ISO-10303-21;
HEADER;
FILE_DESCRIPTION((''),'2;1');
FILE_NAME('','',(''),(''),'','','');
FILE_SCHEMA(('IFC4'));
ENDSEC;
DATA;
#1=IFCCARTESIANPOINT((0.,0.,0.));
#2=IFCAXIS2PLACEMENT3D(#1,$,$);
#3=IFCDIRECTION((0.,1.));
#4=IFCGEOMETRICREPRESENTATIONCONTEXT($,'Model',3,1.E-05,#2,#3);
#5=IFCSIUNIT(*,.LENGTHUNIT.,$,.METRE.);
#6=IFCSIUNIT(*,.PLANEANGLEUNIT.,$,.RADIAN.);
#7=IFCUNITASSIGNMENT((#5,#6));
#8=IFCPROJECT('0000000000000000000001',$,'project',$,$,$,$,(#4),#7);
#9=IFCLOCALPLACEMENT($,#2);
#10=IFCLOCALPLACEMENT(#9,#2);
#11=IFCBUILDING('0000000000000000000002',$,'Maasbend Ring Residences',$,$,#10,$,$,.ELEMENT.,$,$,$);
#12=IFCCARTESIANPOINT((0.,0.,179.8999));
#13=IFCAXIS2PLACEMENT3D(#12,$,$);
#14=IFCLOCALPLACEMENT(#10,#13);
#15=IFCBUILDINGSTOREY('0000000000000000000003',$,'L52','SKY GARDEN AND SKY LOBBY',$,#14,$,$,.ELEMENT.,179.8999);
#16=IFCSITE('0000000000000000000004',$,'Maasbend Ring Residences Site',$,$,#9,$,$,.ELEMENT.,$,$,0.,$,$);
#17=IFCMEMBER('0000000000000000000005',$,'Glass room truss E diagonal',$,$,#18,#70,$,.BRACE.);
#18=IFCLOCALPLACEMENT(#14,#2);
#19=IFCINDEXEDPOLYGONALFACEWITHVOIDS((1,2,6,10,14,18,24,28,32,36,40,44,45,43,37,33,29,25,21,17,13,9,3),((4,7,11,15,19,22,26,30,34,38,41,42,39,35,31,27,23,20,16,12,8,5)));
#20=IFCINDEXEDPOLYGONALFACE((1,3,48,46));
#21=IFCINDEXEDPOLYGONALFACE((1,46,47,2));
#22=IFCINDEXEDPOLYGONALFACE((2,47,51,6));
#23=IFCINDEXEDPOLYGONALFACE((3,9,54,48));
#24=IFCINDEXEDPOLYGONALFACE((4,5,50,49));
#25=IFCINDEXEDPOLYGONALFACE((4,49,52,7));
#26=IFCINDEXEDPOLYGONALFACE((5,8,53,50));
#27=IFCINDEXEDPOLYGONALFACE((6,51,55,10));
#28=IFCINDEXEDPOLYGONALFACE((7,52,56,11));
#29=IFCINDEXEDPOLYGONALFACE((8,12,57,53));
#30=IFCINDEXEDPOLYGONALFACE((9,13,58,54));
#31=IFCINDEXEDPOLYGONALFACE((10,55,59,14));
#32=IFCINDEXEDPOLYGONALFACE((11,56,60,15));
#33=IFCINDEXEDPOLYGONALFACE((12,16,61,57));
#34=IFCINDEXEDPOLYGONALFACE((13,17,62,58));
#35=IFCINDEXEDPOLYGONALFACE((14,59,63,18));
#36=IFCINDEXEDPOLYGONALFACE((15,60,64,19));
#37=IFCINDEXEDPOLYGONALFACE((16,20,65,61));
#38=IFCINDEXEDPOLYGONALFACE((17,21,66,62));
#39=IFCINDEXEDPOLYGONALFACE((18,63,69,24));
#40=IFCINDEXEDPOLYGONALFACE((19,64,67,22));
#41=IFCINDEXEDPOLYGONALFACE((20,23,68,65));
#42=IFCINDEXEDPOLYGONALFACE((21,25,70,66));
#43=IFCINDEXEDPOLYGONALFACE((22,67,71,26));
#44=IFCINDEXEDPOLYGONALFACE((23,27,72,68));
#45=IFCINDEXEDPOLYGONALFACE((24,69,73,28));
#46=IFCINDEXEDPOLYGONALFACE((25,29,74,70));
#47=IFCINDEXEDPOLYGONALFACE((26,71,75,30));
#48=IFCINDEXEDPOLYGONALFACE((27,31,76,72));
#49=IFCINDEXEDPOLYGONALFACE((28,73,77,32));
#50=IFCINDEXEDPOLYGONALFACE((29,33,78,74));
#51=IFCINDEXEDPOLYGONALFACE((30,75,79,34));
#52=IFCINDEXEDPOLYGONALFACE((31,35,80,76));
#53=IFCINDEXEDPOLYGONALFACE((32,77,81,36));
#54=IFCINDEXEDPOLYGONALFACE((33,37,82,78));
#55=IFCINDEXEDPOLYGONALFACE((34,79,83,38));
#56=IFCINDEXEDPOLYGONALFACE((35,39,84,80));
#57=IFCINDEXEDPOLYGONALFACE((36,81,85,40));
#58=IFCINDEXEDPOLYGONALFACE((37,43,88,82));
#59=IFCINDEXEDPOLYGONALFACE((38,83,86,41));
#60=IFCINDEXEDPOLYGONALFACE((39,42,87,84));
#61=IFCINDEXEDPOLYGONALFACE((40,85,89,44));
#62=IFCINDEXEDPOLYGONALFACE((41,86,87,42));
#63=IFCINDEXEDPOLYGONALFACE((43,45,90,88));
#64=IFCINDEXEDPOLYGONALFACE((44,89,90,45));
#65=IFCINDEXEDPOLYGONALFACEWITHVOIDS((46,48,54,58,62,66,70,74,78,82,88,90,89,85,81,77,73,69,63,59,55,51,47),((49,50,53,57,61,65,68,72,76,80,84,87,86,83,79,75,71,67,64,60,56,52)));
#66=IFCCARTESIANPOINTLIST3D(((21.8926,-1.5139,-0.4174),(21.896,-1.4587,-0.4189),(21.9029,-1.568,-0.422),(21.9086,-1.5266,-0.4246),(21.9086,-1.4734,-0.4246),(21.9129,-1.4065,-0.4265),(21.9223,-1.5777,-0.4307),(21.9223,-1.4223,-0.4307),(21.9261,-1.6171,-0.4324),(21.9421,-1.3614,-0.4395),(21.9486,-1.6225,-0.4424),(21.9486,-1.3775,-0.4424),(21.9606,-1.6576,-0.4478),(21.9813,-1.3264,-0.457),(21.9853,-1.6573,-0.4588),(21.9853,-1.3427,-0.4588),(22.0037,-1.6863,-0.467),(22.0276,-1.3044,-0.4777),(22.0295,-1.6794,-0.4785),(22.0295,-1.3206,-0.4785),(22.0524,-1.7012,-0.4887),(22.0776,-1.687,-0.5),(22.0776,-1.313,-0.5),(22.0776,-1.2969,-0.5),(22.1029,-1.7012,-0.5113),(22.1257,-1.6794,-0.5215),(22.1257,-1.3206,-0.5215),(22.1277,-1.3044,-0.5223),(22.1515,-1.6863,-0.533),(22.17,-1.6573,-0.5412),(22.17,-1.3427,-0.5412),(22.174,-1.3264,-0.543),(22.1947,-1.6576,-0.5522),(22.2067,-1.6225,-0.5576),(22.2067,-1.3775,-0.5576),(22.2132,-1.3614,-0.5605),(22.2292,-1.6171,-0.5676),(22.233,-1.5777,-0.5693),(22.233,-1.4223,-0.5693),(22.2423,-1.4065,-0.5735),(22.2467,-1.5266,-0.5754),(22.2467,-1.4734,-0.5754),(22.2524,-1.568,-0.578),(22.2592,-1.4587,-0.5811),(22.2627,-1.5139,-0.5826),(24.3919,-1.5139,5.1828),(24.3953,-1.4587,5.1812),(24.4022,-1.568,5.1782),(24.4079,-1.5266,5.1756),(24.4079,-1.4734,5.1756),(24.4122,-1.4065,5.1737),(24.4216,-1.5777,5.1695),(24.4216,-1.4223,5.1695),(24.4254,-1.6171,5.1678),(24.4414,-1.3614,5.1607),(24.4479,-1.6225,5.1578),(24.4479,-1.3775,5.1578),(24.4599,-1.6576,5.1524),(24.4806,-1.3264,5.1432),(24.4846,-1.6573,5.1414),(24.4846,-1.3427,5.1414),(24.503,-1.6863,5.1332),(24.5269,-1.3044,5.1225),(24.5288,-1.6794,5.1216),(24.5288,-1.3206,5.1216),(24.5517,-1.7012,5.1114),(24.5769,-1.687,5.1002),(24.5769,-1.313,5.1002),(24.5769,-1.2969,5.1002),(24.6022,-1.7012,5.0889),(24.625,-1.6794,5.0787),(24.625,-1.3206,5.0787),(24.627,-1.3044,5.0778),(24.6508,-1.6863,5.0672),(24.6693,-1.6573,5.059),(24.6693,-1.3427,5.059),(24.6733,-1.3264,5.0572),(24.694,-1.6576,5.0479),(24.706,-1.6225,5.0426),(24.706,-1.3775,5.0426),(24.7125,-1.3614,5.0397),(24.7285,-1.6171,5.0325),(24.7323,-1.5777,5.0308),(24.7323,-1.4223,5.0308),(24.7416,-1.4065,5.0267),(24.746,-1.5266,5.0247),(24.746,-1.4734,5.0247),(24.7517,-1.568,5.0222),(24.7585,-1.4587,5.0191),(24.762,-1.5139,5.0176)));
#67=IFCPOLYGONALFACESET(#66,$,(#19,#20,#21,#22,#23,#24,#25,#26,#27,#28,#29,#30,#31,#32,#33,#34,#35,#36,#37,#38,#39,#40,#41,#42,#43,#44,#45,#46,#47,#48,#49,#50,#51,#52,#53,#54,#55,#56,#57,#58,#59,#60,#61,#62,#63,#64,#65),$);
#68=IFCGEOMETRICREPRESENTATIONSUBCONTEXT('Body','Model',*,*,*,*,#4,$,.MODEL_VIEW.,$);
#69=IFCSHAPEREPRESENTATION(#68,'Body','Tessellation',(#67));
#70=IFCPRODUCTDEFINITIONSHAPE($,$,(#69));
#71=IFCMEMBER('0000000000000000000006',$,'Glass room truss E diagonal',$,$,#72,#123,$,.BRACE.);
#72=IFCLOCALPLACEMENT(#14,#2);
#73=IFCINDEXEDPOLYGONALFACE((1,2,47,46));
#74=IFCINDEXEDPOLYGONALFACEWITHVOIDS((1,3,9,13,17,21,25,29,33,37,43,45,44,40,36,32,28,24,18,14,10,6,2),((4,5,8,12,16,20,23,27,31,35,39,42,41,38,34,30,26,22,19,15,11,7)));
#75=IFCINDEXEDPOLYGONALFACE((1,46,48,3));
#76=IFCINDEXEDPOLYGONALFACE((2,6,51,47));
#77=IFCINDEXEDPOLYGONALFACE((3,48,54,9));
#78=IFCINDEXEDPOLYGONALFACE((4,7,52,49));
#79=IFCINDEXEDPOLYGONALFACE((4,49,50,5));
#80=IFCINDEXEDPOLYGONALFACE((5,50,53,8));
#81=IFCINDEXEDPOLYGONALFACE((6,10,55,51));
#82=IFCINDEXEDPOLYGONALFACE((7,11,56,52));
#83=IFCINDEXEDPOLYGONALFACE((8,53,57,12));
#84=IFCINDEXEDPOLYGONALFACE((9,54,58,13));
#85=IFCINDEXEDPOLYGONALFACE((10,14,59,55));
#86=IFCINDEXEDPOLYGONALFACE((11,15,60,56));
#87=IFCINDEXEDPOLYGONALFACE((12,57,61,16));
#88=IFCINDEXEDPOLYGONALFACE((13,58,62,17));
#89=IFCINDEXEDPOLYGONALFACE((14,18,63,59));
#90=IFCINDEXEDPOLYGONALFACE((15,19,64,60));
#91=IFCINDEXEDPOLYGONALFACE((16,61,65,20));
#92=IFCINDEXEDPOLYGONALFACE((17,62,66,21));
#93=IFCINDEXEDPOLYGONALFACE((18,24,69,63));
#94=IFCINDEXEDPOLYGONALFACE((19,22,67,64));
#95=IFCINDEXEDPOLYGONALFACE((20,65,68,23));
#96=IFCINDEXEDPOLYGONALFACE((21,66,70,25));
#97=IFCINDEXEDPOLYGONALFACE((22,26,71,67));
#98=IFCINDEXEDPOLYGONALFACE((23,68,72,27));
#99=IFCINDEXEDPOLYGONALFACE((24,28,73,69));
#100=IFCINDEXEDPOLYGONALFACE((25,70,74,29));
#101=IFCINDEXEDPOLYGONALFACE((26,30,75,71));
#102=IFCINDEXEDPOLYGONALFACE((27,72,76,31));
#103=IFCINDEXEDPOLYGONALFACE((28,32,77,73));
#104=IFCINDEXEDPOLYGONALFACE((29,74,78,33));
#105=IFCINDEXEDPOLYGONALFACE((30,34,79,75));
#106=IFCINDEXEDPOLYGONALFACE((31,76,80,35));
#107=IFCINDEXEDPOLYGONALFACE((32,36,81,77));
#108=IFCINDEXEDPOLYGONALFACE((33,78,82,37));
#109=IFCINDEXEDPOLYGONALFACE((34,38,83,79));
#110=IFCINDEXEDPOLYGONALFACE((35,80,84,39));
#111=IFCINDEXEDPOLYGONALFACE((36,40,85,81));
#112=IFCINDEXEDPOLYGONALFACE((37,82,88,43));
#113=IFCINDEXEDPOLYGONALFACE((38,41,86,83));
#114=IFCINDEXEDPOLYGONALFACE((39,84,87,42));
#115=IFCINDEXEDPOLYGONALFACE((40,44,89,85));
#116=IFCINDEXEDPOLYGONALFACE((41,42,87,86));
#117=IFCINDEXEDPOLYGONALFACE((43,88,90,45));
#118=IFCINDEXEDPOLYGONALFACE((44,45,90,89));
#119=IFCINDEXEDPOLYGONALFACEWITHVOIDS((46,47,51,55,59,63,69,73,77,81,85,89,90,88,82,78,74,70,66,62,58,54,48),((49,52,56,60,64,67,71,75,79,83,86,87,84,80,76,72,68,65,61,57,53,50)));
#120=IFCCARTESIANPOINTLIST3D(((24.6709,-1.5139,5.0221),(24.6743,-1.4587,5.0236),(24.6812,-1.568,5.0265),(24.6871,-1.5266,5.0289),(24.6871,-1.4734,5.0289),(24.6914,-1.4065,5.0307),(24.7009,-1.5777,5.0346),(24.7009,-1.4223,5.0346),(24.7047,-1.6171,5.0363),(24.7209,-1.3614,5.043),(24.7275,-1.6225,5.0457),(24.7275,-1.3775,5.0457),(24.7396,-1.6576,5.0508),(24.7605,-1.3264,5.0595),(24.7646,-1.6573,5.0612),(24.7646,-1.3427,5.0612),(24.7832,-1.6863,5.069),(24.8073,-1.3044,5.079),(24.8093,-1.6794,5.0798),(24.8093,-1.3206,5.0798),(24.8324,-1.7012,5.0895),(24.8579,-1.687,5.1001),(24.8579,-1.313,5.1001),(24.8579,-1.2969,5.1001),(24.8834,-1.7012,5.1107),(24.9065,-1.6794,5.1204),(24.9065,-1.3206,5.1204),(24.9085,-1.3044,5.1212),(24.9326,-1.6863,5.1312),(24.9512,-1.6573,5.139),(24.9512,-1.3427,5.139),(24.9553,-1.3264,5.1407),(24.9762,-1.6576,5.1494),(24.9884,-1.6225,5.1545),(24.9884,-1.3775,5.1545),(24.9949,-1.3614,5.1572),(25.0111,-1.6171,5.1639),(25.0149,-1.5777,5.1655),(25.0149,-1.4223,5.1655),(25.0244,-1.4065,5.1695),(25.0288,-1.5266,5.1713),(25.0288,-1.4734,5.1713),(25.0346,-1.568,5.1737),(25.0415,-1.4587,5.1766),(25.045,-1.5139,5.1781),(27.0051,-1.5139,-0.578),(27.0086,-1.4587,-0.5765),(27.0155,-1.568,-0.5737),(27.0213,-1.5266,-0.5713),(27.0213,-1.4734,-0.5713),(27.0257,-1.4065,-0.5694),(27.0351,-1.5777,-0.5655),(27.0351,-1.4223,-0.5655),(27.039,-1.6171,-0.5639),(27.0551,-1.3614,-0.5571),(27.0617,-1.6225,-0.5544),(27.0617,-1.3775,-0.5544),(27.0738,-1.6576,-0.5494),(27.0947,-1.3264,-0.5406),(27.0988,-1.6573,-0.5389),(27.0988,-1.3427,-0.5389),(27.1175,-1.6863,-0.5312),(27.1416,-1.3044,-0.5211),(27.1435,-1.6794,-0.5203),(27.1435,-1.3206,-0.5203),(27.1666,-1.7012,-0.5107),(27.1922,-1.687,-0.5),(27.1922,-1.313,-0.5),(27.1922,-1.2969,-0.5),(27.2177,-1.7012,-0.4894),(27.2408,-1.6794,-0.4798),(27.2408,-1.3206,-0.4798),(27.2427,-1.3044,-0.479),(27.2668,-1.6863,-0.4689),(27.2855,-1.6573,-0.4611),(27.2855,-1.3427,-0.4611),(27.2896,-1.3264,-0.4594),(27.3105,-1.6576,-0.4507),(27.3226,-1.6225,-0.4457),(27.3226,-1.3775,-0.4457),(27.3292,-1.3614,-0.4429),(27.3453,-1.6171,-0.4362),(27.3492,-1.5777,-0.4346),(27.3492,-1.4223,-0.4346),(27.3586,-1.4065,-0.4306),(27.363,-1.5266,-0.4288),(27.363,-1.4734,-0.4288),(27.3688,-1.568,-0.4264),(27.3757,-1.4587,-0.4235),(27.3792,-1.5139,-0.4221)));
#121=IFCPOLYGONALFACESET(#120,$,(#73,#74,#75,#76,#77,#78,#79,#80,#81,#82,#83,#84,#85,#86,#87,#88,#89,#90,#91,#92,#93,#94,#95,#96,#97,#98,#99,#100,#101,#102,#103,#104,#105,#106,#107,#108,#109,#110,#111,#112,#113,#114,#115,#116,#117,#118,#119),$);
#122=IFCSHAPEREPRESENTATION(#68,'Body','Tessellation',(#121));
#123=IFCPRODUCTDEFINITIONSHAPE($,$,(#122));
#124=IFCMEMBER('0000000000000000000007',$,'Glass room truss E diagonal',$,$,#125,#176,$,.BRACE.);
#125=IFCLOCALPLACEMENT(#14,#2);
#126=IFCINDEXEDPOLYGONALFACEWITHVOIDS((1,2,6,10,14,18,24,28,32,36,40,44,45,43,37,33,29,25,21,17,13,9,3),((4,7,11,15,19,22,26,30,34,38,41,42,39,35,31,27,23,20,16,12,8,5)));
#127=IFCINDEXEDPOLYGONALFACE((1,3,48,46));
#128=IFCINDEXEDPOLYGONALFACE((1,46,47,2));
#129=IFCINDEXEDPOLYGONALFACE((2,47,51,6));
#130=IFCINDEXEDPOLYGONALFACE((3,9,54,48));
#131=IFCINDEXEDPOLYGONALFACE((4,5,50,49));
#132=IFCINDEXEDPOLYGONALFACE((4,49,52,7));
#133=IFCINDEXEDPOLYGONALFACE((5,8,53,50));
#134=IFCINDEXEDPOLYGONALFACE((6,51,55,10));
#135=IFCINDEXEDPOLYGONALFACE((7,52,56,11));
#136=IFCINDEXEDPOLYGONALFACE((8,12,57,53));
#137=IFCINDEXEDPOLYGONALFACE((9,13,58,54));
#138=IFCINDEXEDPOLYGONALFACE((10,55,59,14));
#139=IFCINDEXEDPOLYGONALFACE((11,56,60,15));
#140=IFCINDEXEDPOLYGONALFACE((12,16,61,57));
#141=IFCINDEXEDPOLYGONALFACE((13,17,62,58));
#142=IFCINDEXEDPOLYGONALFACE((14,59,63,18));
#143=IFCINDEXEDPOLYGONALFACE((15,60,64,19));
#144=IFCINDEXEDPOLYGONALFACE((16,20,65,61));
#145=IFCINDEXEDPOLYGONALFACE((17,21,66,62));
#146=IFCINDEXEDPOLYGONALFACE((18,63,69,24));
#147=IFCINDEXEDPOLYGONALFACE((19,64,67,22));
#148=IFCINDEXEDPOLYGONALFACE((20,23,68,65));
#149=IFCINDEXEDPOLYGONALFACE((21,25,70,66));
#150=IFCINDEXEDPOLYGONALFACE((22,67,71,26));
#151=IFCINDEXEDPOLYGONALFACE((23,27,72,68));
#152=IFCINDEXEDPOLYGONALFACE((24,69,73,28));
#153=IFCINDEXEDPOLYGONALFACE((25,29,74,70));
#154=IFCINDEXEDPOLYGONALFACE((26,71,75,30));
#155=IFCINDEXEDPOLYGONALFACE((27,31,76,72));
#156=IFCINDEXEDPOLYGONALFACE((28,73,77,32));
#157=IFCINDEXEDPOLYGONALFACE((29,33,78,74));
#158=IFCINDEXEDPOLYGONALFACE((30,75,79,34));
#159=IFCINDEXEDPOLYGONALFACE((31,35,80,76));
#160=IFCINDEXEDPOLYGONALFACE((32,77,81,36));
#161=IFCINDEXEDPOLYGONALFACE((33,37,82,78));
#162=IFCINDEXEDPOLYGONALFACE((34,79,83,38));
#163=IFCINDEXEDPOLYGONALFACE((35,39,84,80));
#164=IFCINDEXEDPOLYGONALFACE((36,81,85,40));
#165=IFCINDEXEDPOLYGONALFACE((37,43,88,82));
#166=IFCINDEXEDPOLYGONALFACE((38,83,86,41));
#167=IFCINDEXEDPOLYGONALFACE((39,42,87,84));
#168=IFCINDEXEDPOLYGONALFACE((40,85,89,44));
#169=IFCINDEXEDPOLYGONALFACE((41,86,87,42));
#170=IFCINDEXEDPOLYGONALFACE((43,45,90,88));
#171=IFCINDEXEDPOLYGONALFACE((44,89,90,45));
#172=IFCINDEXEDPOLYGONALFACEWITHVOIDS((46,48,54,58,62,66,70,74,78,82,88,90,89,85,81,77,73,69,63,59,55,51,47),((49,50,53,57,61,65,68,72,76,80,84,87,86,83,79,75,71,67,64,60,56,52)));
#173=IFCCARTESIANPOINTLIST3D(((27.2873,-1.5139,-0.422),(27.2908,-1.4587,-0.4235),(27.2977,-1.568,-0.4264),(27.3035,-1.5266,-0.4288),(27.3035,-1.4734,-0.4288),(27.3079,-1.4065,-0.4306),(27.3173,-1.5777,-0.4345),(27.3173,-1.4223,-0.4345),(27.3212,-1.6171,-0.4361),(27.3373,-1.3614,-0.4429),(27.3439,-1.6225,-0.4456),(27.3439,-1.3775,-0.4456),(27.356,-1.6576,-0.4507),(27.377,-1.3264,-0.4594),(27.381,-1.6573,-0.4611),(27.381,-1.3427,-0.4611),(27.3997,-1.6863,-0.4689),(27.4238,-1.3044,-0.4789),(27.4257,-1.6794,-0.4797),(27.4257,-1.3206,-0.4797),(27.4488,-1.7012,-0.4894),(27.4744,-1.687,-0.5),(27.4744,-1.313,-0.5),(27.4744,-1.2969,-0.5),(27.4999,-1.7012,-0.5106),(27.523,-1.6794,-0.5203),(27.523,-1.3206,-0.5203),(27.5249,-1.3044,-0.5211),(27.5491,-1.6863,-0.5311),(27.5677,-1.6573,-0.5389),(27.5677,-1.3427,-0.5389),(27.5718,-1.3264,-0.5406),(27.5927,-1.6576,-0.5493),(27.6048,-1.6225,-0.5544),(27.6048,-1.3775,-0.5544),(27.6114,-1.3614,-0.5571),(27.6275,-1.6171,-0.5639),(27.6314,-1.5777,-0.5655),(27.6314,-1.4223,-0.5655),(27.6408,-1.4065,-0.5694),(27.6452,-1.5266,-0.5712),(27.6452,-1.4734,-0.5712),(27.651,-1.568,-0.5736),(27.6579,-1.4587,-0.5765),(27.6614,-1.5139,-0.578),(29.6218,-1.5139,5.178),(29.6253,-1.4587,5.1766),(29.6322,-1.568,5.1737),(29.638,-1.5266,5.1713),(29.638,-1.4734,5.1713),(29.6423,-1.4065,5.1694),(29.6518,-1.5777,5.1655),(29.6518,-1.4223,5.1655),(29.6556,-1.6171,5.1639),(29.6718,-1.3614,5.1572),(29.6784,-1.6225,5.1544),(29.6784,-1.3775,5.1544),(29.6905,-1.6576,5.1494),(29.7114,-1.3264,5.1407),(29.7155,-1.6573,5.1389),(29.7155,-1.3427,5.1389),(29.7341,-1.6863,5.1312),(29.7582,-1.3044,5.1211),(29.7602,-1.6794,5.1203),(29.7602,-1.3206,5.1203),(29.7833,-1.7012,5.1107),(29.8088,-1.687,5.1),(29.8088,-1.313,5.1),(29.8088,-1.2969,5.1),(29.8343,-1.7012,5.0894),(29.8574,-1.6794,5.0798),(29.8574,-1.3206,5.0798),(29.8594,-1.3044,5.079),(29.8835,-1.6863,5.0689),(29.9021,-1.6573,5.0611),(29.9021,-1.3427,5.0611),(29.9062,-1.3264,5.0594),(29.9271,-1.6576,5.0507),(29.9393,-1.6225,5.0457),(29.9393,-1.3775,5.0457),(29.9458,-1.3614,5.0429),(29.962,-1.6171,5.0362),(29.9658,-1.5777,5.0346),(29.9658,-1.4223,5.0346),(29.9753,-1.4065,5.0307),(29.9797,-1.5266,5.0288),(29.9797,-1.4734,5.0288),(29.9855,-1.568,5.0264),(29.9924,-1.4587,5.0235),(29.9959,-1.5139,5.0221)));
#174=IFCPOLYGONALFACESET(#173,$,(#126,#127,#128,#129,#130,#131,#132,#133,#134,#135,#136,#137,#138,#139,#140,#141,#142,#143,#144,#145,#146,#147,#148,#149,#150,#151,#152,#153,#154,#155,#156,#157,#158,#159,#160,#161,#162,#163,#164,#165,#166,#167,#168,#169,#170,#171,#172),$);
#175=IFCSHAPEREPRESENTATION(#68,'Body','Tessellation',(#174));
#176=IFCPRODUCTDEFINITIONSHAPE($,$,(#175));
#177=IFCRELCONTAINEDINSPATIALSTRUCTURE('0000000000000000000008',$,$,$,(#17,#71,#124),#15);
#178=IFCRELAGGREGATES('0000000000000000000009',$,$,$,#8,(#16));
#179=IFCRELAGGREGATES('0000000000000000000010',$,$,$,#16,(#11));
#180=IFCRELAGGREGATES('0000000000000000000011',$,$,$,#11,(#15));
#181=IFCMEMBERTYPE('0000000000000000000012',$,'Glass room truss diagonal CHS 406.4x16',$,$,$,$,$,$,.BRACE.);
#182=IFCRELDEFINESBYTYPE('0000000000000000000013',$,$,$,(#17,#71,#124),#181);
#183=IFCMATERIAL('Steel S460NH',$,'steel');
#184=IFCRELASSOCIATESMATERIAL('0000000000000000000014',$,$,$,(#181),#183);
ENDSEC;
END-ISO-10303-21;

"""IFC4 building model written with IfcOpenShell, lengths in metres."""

from ifc_helpers import new_model, si_unit, direction, frame, origin, origin_2d, place, context, subcontext, project, spatial, hollow_circle, extrude, material, material_profile, profile_set, type_object, element, save


model = new_model("IFC4")

# Units and contexts
model_context = context("Model", 3, precision=1e-05, world=origin(), true_north=direction((0.0, 1.0)))
body_context = subcontext(model_context, "Body", "Model", "MODEL_VIEW")
ifc_project = project(units=[si_unit("LENGTHUNIT", "METRE"), si_unit("PLANEANGLEUNIT", "RADIAN")], contexts=[model_context])

# Site, building, storey
site_placement = place(None, origin())
site = spatial("IfcSite", under=ifc_project, at=site_placement, Name="Maasbend Ring Residences Site", CompositionType="ELEMENT", RefElevation=0.0)
building_placement = place(site_placement, origin())
building = spatial("IfcBuilding", under=site, at=building_placement, Name="Maasbend Ring Residences", CompositionType="ELEMENT")
storey_placement = place(building_placement, frame((0.0, 0.0, 179.8999)))
storey = spatial("IfcBuildingStorey", under=building, at=storey_placement, Name="L52", Description="SKY GARDEN AND SKY LOBBY", CompositionType="ELEMENT", Elevation=179.8999)

# Members
ifc_material_1 = material(Name="Steel S460NH", Category="steel")
ifc_material_profile_1 = material_profile(ifc_material_1, hollow_circle(Radius=0.2031, WallThickness=0.0161, at=origin_2d()), Name="Glass room truss diagonal CHS 406.4x16")
ifc_profile_set_1 = profile_set([ifc_material_profile_1], Name="Steel S460NH")
member_type_1 = type_object("IfcMemberType", Name="Glass room truss diagonal CHS 406.4x16", PredefinedType="BRACE", material=ifc_profile_set_1)
member_1_placement = place(storey_placement, frame((22.0776, -1.5, -0.5), z_axis=(0.407545, 0.0, 0.913185), x_axis=(0.0, 1.0, 0.0)))
element("IfcMember", 1, at=member_1_placement, inside=storey, type_object=member_type_1, Name="Glass room truss E diagonal", PredefinedType="BRACE", context=body_context, shape_type="SweptSolid", body=[
    extrude(hollow_circle(Radius=0.2031, WallThickness=0.0161, at=origin_2d()), origin(), (0.0, 0.0, 1.0), 6.1326),
])
for number, where, z_axis, x_axis, name in (
    (2, (24.8579, -1.5, 5.1001), (0.384735, 0.0, -0.923027), (0.0, 1.0, 0.0), "Glass room truss E diagonal"),
    (3, (27.4744, -1.5, -0.5), (0.38477, 0.0, 0.923013), (0.0, 1.0, 0.0), "Glass room truss E diagonal"),
):
    element("IfcMember", number, at=place(storey_placement, frame(where, z_axis=z_axis, x_axis=x_axis)), inside=storey, type_object=member_type_1, Name=name, PredefinedType="BRACE", context=body_context, shape_type="SweptSolid", body=[
        extrude(hollow_circle(Radius=0.2031, WallThickness=0.0161, at=origin_2d()), origin(), (0.0, 0.0, 1.0), 6.0671),
    ])

save(model, "model.ifc")
